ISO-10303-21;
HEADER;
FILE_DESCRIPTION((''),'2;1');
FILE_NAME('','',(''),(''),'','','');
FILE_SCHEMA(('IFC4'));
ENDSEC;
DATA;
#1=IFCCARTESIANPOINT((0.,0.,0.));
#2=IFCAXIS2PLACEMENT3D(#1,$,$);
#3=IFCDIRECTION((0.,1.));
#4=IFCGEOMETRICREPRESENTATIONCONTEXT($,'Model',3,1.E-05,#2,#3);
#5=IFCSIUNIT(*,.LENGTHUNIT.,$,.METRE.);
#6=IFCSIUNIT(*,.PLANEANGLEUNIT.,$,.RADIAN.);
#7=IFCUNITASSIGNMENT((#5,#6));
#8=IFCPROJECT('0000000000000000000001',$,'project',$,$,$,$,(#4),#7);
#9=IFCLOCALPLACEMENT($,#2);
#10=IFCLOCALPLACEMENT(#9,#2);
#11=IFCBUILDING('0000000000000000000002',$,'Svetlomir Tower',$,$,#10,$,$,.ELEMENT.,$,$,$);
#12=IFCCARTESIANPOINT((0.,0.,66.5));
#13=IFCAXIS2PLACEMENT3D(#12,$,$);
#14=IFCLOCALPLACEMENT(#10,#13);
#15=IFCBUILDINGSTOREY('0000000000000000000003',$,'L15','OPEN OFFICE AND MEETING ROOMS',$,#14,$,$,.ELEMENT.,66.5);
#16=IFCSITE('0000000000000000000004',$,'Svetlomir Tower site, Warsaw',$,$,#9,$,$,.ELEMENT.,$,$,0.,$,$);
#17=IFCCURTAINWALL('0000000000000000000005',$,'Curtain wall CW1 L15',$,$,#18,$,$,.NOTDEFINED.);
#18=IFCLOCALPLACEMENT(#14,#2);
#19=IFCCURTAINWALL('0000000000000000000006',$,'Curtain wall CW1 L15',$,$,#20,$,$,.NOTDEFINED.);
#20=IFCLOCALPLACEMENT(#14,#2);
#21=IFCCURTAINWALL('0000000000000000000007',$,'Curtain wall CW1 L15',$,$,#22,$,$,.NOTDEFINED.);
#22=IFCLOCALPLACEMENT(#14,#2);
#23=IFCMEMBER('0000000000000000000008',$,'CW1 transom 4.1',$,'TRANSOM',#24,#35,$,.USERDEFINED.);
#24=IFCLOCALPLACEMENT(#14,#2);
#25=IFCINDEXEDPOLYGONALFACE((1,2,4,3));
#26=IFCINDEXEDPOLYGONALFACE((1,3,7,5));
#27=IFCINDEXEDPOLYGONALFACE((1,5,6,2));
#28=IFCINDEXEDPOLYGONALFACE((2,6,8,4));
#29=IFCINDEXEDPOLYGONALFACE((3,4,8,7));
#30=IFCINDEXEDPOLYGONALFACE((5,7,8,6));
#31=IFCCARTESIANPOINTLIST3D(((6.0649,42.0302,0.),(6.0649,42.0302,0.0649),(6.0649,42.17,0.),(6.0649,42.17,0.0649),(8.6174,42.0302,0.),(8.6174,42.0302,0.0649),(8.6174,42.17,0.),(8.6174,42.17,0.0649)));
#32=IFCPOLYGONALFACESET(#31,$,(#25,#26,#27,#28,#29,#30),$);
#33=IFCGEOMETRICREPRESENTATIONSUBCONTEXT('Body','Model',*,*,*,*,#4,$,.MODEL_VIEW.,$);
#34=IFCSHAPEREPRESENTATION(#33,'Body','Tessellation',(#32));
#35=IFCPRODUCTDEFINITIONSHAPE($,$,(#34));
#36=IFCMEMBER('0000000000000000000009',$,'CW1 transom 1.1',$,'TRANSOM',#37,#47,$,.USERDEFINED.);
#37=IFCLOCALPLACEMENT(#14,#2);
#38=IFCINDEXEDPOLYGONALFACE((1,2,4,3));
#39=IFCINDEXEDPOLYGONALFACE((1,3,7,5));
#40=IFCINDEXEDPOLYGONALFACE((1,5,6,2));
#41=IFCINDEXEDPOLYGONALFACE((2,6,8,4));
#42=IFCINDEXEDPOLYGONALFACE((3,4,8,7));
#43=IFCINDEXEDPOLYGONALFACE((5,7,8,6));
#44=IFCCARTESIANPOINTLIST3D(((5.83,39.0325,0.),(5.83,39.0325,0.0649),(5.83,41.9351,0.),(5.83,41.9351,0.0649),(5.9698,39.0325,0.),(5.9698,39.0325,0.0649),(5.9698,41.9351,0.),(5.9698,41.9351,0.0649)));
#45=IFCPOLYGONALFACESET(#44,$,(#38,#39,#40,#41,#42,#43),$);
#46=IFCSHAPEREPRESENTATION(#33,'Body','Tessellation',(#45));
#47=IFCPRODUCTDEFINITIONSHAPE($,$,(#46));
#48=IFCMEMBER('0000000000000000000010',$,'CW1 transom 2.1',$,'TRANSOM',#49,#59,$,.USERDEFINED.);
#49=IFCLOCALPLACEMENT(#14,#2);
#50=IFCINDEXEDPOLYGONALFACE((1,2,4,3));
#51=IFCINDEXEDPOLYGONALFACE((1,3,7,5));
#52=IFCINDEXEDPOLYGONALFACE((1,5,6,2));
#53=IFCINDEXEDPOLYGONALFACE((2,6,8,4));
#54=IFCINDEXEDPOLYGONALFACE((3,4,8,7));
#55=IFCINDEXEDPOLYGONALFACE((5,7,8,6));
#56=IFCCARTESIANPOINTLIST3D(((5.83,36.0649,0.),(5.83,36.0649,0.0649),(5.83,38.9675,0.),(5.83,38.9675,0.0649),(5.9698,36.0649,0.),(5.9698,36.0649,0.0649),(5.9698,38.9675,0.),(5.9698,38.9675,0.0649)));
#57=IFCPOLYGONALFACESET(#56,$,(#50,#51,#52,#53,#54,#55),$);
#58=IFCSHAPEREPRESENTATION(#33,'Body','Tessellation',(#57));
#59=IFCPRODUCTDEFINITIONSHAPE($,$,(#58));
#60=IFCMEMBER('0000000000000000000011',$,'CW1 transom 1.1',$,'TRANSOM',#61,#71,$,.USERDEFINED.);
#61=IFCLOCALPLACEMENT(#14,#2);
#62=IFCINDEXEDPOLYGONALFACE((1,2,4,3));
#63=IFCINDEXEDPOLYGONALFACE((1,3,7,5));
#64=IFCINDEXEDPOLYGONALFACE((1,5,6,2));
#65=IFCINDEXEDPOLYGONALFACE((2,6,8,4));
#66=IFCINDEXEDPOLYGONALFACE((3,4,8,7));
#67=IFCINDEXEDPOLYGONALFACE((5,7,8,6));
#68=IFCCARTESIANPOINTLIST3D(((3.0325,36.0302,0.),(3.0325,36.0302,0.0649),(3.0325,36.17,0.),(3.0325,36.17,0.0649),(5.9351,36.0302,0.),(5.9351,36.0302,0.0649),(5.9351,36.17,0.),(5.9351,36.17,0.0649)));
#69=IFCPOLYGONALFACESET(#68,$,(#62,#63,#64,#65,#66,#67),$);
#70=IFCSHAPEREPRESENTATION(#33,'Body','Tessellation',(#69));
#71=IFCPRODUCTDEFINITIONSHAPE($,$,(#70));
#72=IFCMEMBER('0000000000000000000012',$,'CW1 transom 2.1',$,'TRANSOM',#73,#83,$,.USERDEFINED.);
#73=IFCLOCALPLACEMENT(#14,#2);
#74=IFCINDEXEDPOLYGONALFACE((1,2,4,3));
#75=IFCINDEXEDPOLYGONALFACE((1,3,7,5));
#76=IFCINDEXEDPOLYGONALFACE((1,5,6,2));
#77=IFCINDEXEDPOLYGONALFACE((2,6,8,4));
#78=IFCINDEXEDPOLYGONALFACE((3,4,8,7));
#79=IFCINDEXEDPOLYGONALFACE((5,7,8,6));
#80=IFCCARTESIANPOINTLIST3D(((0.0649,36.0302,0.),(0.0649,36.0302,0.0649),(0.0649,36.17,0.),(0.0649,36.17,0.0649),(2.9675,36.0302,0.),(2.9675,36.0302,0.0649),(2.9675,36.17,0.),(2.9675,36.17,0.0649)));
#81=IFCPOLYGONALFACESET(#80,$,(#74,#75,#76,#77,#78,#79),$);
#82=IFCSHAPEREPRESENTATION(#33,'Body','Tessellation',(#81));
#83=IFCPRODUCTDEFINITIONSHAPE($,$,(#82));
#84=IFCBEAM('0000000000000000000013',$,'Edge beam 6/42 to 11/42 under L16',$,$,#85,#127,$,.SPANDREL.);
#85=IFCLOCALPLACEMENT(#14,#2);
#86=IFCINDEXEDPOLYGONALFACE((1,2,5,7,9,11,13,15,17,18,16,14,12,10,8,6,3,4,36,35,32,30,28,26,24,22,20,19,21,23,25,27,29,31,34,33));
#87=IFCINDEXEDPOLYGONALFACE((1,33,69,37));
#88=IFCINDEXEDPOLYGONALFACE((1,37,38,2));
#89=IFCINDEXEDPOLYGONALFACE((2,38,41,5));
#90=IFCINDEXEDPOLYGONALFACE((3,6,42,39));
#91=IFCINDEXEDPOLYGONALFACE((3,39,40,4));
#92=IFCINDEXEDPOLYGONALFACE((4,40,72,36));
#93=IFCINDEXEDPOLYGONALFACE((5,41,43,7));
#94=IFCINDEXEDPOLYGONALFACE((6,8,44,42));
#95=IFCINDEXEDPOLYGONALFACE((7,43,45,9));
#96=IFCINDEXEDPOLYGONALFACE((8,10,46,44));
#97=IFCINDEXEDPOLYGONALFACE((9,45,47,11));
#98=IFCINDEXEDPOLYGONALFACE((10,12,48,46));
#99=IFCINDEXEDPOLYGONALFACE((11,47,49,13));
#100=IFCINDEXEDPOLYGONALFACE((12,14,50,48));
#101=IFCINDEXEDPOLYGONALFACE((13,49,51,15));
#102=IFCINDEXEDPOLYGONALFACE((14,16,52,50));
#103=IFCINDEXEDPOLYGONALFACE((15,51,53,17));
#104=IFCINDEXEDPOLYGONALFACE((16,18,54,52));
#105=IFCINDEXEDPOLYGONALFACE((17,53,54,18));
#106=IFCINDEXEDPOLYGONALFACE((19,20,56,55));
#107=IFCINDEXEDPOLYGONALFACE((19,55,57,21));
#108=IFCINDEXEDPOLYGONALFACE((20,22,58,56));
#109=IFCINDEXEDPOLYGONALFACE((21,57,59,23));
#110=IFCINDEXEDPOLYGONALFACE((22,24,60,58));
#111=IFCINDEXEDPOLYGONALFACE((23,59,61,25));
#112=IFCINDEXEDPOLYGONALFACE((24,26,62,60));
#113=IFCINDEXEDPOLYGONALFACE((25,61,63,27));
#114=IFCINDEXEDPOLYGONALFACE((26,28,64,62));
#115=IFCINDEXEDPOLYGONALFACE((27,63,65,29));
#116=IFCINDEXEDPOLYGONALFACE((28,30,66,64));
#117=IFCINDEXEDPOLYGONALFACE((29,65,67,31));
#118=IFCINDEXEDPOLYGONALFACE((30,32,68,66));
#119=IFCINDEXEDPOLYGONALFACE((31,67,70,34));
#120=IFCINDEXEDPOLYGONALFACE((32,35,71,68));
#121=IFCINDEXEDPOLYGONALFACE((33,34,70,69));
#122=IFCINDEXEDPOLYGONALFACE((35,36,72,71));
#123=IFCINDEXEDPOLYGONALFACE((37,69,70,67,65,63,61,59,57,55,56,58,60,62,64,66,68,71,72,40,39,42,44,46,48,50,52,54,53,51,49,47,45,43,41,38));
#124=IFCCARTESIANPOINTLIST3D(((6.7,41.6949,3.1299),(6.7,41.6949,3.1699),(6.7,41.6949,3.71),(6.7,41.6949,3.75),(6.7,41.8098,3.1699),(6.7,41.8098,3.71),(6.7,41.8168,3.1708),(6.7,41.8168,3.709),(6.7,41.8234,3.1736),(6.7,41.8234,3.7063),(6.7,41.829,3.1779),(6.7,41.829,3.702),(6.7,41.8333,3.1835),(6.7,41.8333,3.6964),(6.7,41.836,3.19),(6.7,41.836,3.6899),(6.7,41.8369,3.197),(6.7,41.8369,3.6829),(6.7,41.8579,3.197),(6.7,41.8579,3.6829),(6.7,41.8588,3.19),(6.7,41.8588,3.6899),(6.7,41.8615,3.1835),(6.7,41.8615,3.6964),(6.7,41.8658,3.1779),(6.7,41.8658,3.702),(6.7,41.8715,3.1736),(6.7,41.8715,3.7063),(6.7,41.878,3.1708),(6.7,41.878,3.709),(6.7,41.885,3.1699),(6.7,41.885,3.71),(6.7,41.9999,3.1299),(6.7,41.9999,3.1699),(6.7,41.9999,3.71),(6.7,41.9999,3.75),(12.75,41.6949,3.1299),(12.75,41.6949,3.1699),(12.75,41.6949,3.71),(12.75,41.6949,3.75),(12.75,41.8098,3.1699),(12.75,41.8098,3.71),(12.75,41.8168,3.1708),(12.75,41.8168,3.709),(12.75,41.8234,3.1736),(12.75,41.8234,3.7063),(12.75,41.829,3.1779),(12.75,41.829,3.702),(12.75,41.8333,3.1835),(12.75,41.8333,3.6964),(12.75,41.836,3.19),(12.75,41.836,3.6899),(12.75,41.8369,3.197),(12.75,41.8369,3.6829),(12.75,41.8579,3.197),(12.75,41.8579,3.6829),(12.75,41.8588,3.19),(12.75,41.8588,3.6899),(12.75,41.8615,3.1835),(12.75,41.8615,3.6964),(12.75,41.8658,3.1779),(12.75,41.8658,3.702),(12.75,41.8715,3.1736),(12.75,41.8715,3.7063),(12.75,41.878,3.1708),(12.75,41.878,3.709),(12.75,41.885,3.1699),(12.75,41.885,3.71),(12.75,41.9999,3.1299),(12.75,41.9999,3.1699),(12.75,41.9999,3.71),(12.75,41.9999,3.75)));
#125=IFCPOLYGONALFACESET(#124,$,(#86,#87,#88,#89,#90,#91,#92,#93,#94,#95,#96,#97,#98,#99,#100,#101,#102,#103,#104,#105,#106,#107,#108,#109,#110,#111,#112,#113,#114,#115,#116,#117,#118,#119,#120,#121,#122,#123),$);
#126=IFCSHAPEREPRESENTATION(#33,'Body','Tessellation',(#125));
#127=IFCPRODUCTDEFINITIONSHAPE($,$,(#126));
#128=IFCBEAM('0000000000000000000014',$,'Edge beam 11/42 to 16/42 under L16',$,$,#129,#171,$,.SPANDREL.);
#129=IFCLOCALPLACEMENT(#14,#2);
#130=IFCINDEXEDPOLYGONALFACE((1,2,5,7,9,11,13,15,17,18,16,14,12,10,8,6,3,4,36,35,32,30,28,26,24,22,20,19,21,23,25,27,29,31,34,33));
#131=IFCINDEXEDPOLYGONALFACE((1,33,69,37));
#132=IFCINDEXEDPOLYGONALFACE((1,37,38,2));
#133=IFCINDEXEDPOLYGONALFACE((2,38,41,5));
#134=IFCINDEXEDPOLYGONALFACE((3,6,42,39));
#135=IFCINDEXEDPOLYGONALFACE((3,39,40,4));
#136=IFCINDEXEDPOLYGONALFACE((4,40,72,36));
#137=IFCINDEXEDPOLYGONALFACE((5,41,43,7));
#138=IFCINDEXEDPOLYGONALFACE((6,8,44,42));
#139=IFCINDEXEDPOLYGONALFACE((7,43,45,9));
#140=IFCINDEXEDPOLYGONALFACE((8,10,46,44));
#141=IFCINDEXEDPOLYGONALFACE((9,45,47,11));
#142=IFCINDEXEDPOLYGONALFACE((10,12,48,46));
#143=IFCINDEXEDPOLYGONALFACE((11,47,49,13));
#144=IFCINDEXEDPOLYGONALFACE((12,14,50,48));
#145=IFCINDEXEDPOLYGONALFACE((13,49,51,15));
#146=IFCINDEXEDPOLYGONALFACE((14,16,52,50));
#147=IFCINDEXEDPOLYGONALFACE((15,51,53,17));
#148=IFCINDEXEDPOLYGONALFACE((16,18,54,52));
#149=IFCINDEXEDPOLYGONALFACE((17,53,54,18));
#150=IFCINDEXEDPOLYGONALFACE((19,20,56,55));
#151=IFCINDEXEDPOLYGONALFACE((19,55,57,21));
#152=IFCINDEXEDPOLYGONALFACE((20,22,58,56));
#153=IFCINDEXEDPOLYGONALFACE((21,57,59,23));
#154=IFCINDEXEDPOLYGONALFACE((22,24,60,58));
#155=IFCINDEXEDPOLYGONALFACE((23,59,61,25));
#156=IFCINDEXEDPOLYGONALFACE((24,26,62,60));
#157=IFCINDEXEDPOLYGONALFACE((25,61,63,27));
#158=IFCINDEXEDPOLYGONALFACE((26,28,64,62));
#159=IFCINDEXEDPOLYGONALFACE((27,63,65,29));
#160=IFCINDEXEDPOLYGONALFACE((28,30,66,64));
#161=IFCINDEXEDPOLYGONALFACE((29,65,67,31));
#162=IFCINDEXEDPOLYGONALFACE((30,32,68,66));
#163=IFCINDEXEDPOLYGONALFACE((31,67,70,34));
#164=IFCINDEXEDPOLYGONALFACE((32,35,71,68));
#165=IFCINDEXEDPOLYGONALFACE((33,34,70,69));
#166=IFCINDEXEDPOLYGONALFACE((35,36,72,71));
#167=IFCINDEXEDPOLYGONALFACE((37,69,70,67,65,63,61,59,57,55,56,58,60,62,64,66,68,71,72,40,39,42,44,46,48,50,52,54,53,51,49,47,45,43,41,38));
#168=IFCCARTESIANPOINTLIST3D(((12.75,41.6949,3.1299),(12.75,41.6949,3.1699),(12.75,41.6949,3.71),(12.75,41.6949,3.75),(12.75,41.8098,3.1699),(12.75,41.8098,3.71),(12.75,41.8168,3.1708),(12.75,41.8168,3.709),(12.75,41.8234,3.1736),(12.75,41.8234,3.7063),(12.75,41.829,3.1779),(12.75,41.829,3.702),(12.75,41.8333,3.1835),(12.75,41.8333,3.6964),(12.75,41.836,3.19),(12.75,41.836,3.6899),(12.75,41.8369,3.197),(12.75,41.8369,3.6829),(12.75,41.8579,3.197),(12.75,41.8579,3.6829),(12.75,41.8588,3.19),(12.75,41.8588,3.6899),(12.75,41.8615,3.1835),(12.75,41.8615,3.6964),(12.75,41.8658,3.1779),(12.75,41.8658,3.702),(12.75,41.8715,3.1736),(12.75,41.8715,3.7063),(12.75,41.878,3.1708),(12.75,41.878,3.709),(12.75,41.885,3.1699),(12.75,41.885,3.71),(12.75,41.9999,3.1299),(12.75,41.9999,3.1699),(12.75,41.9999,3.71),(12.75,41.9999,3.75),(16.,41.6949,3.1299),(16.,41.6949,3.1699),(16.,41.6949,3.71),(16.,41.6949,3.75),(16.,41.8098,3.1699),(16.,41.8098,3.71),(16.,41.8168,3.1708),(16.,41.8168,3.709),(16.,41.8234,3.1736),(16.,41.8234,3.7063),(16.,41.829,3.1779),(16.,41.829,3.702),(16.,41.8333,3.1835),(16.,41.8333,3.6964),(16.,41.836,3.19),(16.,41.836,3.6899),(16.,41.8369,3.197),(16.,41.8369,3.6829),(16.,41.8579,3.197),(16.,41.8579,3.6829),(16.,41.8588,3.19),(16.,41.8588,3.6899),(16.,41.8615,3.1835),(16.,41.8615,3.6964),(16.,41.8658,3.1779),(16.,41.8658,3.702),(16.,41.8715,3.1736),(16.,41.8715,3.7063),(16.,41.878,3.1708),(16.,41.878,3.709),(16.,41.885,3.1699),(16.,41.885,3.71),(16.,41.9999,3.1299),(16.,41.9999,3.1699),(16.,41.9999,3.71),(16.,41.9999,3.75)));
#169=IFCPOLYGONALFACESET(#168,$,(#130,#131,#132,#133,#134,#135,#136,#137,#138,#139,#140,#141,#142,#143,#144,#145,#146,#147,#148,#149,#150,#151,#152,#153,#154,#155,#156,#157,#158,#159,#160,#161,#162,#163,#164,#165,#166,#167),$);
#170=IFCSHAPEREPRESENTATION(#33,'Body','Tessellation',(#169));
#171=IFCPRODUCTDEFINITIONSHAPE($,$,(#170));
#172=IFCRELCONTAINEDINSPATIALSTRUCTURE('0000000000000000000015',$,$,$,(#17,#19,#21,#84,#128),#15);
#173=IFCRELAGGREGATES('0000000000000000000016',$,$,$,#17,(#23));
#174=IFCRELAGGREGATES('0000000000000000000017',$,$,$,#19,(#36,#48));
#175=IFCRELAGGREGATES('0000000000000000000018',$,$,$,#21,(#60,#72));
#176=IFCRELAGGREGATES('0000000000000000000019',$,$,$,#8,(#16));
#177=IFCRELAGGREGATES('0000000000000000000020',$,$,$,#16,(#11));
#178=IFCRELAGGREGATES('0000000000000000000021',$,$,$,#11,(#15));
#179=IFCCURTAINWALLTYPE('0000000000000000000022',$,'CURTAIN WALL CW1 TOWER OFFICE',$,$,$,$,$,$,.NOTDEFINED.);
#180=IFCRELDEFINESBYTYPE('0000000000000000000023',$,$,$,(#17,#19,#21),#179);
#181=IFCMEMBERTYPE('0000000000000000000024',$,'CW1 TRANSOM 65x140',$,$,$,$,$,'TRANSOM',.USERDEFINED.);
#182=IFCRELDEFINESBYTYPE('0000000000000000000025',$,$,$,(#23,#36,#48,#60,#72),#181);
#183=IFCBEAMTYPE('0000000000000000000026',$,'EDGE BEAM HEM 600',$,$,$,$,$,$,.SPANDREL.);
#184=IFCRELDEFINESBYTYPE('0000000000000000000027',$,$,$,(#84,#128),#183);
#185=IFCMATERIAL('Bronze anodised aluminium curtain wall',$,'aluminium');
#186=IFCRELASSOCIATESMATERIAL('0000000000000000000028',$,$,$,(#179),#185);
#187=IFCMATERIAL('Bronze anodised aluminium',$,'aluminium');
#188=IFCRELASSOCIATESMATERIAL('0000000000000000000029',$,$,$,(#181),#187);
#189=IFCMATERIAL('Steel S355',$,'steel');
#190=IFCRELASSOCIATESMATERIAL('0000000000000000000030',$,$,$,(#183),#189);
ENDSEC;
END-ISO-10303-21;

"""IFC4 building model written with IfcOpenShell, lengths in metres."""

from ifc_helpers import new_model, si_unit, direction, frame, origin, origin_2d, place, context, subcontext, project, spatial, rectangle, i_section, extrude, material, material_profile, profile_set, type_object, element, aggregate, save


model = new_model("IFC4")

# Units and contexts
model_context = context("Model", 3, precision=1e-05, world=origin(), true_north=direction((0.0, 1.0)))
body_context = subcontext(model_context, "Body", "Model", "MODEL_VIEW")
ifc_project = project(units=[si_unit("LENGTHUNIT", "METRE"), si_unit("PLANEANGLEUNIT", "RADIAN")], contexts=[model_context])

# Site, building, storey
site_placement = place(None, origin())
site = spatial("IfcSite", under=ifc_project, at=site_placement, Name="Svetlomir Tower site, Warsaw", CompositionType="ELEMENT", RefElevation=0.0)
building_placement = place(site_placement, origin())
building = spatial("IfcBuilding", under=site, at=building_placement, Name="Svetlomir Tower", CompositionType="ELEMENT")
storey_placement = place(building_placement, frame((0.0, 0.0, 66.5)))
storey = spatial("IfcBuildingStorey", under=building, at=storey_placement, Name="L15", Description="OPEN OFFICE AND MEETING ROOMS", CompositionType="ELEMENT", Elevation=66.5)

# Curtain walls
ifc_material_1 = material(Name="Bronze anodised aluminium curtain wall", Category="aluminium")
curtain_wall_type = type_object("IfcCurtainWallType", Name="CURTAIN WALL CW1 TOWER OFFICE", PredefinedType="NOTDEFINED", material=ifc_material_1)
curtain_wall_1_placement = place(storey_placement, origin())
curtain_wall_1 = element("IfcCurtainWall", 1, at=curtain_wall_1_placement, inside=storey, type_object=curtain_wall_type, Name="Curtain wall CW1 L15", PredefinedType="NOTDEFINED")
curtain_wall_2_placement = place(storey_placement, origin())
curtain_wall_2 = element("IfcCurtainWall", 2, at=curtain_wall_2_placement, inside=storey, type_object=curtain_wall_type, Name="Curtain wall CW1 L15", PredefinedType="NOTDEFINED")
curtain_wall_3_placement = place(storey_placement, origin())
curtain_wall_3 = element("IfcCurtainWall", 3, at=curtain_wall_3_placement, inside=storey, type_object=curtain_wall_type, Name="Curtain wall CW1 L15", PredefinedType="NOTDEFINED")

# Members
ifc_material_2 = material(Name="Bronze anodised aluminium", Category="aluminium")
ifc_material_profile_1 = material_profile(ifc_material_2, rectangle(XDim=0.1399, YDim=0.0649, at=origin_2d()), Name="AL 140x65")
ifc_profile_set_1 = profile_set([ifc_material_profile_1], Name="Bronze anodised aluminium 6063-T6")
member_type_1 = type_object("IfcMemberType", Name="CW1 TRANSOM 65x140", ElementType="TRANSOM", PredefinedType="USERDEFINED", material=ifc_profile_set_1)
member_1_placement = place(storey_placement, frame((8.6174, 42.1001, 0.0325), z_axis=(-1.0, 0.0, 0.0), x_axis=(0.0, -1.0, 0.0)))
member_1 = element("IfcMember", 4, at=member_1_placement, type_object=member_type_1, Name="CW1 transom 4.1", ObjectType="TRANSOM", PredefinedType="USERDEFINED", context=body_context, shape_type="SweptSolid", body=[
    extrude(rectangle(XDim=0.1399, YDim=0.0649, at=origin_2d()), origin(), (0.0, 0.0, 1.0), 2.5525),
])
member_2_placement = place(storey_placement, frame((5.8999, 41.9351, 0.0325), z_axis=(0.0, -1.0, 0.0), x_axis=(1.0, 0.0, 0.0)))
member_2 = element("IfcMember", 5, at=member_2_placement, type_object=member_type_1, Name="CW1 transom 1.1", ObjectType="TRANSOM", PredefinedType="USERDEFINED", context=body_context, shape_type="SweptSolid", body=[
    extrude(rectangle(XDim=0.1399, YDim=0.0649, at=origin_2d()), origin(), (0.0, 0.0, 1.0), 2.9026),
])
member_3_placement = place(storey_placement, frame((5.8999, 38.9675, 0.0325), z_axis=(0.0, -1.0, 0.0), x_axis=(1.0, 0.0, 0.0)))
member_3 = element("IfcMember", 6, at=member_3_placement, type_object=member_type_1, Name="CW1 transom 2.1", ObjectType="TRANSOM", PredefinedType="USERDEFINED", context=body_context, shape_type="SweptSolid", body=[
    extrude(rectangle(XDim=0.1399, YDim=0.0649, at=origin_2d()), origin(), (0.0, 0.0, 1.0), 2.9026),
])
member_4_placement = place(storey_placement, frame((5.9351, 36.1001, 0.0325), z_axis=(-1.0, 0.0, 0.0), x_axis=(0.0, -1.0, 0.0)))
member_4 = element("IfcMember", 7, at=member_4_placement, type_object=member_type_1, Name="CW1 transom 1.1", ObjectType="TRANSOM", PredefinedType="USERDEFINED", context=body_context, shape_type="SweptSolid", body=[
    extrude(rectangle(XDim=0.1399, YDim=0.0649, at=origin_2d()), origin(), (0.0, 0.0, 1.0), 2.9026),
])
member_5_placement = place(storey_placement, frame((2.9675, 36.1001, 0.0325), z_axis=(-1.0, 0.0, 0.0), x_axis=(0.0, -1.0, 0.0)))
member_5 = element("IfcMember", 8, at=member_5_placement, type_object=member_type_1, Name="CW1 transom 2.1", ObjectType="TRANSOM", PredefinedType="USERDEFINED", context=body_context, shape_type="SweptSolid", body=[
    extrude(rectangle(XDim=0.1399, YDim=0.0649, at=origin_2d()), origin(), (0.0, 0.0, 1.0), 2.9026),
])

# Beams
ifc_material_3 = material(Name="Steel S355", Category="steel")
ifc_material_profile_2 = material_profile(ifc_material_3, i_section(OverallWidth=0.3049, OverallDepth=0.6201, WebThickness=0.021, FlangeThickness=0.04, FilletRadius=0.0271, at=origin_2d()), Name="HEM 600")
ifc_profile_set_2 = profile_set([ifc_material_profile_2], Name="Steel S355")
beam_type = type_object("IfcBeamType", Name="EDGE BEAM HEM 600", PredefinedType="SPANDREL", material=ifc_profile_set_2)
beam_1_placement = place(storey_placement, frame((6.7, 41.8474, 3.4399), z_axis=(1.0, 0.0, 0.0), x_axis=(0.0, 1.0, 0.0)))
element("IfcBeam", 9, at=beam_1_placement, inside=storey, type_object=beam_type, Name="Edge beam 6/42 to 11/42 under L16", PredefinedType="SPANDREL", context=body_context, shape_type="SweptSolid", body=[
    extrude(i_section(OverallWidth=0.3049, OverallDepth=0.6201, WebThickness=0.021, FlangeThickness=0.04, FilletRadius=0.0271, at=origin_2d()), origin(), (0.0, 0.0, 1.0), 6.05),
])
beam_2_placement = place(storey_placement, frame((12.75, 41.8474, 3.4399), z_axis=(1.0, 0.0, 0.0), x_axis=(0.0, 1.0, 0.0)))
element("IfcBeam", 10, at=beam_2_placement, inside=storey, type_object=beam_type, Name="Edge beam 11/42 to 16/42 under L16", PredefinedType="SPANDREL", context=body_context, shape_type="SweptSolid", body=[
    extrude(i_section(OverallWidth=0.3049, OverallDepth=0.6201, WebThickness=0.021, FlangeThickness=0.04, FilletRadius=0.0271, at=origin_2d()), origin(), (0.0, 0.0, 1.0), 3.25),
])

aggregate(curtain_wall_1, [member_1])
aggregate(curtain_wall_2, [member_2, member_3])
aggregate(curtain_wall_3, [member_4, member_5])

save(model, "model.ifc")
